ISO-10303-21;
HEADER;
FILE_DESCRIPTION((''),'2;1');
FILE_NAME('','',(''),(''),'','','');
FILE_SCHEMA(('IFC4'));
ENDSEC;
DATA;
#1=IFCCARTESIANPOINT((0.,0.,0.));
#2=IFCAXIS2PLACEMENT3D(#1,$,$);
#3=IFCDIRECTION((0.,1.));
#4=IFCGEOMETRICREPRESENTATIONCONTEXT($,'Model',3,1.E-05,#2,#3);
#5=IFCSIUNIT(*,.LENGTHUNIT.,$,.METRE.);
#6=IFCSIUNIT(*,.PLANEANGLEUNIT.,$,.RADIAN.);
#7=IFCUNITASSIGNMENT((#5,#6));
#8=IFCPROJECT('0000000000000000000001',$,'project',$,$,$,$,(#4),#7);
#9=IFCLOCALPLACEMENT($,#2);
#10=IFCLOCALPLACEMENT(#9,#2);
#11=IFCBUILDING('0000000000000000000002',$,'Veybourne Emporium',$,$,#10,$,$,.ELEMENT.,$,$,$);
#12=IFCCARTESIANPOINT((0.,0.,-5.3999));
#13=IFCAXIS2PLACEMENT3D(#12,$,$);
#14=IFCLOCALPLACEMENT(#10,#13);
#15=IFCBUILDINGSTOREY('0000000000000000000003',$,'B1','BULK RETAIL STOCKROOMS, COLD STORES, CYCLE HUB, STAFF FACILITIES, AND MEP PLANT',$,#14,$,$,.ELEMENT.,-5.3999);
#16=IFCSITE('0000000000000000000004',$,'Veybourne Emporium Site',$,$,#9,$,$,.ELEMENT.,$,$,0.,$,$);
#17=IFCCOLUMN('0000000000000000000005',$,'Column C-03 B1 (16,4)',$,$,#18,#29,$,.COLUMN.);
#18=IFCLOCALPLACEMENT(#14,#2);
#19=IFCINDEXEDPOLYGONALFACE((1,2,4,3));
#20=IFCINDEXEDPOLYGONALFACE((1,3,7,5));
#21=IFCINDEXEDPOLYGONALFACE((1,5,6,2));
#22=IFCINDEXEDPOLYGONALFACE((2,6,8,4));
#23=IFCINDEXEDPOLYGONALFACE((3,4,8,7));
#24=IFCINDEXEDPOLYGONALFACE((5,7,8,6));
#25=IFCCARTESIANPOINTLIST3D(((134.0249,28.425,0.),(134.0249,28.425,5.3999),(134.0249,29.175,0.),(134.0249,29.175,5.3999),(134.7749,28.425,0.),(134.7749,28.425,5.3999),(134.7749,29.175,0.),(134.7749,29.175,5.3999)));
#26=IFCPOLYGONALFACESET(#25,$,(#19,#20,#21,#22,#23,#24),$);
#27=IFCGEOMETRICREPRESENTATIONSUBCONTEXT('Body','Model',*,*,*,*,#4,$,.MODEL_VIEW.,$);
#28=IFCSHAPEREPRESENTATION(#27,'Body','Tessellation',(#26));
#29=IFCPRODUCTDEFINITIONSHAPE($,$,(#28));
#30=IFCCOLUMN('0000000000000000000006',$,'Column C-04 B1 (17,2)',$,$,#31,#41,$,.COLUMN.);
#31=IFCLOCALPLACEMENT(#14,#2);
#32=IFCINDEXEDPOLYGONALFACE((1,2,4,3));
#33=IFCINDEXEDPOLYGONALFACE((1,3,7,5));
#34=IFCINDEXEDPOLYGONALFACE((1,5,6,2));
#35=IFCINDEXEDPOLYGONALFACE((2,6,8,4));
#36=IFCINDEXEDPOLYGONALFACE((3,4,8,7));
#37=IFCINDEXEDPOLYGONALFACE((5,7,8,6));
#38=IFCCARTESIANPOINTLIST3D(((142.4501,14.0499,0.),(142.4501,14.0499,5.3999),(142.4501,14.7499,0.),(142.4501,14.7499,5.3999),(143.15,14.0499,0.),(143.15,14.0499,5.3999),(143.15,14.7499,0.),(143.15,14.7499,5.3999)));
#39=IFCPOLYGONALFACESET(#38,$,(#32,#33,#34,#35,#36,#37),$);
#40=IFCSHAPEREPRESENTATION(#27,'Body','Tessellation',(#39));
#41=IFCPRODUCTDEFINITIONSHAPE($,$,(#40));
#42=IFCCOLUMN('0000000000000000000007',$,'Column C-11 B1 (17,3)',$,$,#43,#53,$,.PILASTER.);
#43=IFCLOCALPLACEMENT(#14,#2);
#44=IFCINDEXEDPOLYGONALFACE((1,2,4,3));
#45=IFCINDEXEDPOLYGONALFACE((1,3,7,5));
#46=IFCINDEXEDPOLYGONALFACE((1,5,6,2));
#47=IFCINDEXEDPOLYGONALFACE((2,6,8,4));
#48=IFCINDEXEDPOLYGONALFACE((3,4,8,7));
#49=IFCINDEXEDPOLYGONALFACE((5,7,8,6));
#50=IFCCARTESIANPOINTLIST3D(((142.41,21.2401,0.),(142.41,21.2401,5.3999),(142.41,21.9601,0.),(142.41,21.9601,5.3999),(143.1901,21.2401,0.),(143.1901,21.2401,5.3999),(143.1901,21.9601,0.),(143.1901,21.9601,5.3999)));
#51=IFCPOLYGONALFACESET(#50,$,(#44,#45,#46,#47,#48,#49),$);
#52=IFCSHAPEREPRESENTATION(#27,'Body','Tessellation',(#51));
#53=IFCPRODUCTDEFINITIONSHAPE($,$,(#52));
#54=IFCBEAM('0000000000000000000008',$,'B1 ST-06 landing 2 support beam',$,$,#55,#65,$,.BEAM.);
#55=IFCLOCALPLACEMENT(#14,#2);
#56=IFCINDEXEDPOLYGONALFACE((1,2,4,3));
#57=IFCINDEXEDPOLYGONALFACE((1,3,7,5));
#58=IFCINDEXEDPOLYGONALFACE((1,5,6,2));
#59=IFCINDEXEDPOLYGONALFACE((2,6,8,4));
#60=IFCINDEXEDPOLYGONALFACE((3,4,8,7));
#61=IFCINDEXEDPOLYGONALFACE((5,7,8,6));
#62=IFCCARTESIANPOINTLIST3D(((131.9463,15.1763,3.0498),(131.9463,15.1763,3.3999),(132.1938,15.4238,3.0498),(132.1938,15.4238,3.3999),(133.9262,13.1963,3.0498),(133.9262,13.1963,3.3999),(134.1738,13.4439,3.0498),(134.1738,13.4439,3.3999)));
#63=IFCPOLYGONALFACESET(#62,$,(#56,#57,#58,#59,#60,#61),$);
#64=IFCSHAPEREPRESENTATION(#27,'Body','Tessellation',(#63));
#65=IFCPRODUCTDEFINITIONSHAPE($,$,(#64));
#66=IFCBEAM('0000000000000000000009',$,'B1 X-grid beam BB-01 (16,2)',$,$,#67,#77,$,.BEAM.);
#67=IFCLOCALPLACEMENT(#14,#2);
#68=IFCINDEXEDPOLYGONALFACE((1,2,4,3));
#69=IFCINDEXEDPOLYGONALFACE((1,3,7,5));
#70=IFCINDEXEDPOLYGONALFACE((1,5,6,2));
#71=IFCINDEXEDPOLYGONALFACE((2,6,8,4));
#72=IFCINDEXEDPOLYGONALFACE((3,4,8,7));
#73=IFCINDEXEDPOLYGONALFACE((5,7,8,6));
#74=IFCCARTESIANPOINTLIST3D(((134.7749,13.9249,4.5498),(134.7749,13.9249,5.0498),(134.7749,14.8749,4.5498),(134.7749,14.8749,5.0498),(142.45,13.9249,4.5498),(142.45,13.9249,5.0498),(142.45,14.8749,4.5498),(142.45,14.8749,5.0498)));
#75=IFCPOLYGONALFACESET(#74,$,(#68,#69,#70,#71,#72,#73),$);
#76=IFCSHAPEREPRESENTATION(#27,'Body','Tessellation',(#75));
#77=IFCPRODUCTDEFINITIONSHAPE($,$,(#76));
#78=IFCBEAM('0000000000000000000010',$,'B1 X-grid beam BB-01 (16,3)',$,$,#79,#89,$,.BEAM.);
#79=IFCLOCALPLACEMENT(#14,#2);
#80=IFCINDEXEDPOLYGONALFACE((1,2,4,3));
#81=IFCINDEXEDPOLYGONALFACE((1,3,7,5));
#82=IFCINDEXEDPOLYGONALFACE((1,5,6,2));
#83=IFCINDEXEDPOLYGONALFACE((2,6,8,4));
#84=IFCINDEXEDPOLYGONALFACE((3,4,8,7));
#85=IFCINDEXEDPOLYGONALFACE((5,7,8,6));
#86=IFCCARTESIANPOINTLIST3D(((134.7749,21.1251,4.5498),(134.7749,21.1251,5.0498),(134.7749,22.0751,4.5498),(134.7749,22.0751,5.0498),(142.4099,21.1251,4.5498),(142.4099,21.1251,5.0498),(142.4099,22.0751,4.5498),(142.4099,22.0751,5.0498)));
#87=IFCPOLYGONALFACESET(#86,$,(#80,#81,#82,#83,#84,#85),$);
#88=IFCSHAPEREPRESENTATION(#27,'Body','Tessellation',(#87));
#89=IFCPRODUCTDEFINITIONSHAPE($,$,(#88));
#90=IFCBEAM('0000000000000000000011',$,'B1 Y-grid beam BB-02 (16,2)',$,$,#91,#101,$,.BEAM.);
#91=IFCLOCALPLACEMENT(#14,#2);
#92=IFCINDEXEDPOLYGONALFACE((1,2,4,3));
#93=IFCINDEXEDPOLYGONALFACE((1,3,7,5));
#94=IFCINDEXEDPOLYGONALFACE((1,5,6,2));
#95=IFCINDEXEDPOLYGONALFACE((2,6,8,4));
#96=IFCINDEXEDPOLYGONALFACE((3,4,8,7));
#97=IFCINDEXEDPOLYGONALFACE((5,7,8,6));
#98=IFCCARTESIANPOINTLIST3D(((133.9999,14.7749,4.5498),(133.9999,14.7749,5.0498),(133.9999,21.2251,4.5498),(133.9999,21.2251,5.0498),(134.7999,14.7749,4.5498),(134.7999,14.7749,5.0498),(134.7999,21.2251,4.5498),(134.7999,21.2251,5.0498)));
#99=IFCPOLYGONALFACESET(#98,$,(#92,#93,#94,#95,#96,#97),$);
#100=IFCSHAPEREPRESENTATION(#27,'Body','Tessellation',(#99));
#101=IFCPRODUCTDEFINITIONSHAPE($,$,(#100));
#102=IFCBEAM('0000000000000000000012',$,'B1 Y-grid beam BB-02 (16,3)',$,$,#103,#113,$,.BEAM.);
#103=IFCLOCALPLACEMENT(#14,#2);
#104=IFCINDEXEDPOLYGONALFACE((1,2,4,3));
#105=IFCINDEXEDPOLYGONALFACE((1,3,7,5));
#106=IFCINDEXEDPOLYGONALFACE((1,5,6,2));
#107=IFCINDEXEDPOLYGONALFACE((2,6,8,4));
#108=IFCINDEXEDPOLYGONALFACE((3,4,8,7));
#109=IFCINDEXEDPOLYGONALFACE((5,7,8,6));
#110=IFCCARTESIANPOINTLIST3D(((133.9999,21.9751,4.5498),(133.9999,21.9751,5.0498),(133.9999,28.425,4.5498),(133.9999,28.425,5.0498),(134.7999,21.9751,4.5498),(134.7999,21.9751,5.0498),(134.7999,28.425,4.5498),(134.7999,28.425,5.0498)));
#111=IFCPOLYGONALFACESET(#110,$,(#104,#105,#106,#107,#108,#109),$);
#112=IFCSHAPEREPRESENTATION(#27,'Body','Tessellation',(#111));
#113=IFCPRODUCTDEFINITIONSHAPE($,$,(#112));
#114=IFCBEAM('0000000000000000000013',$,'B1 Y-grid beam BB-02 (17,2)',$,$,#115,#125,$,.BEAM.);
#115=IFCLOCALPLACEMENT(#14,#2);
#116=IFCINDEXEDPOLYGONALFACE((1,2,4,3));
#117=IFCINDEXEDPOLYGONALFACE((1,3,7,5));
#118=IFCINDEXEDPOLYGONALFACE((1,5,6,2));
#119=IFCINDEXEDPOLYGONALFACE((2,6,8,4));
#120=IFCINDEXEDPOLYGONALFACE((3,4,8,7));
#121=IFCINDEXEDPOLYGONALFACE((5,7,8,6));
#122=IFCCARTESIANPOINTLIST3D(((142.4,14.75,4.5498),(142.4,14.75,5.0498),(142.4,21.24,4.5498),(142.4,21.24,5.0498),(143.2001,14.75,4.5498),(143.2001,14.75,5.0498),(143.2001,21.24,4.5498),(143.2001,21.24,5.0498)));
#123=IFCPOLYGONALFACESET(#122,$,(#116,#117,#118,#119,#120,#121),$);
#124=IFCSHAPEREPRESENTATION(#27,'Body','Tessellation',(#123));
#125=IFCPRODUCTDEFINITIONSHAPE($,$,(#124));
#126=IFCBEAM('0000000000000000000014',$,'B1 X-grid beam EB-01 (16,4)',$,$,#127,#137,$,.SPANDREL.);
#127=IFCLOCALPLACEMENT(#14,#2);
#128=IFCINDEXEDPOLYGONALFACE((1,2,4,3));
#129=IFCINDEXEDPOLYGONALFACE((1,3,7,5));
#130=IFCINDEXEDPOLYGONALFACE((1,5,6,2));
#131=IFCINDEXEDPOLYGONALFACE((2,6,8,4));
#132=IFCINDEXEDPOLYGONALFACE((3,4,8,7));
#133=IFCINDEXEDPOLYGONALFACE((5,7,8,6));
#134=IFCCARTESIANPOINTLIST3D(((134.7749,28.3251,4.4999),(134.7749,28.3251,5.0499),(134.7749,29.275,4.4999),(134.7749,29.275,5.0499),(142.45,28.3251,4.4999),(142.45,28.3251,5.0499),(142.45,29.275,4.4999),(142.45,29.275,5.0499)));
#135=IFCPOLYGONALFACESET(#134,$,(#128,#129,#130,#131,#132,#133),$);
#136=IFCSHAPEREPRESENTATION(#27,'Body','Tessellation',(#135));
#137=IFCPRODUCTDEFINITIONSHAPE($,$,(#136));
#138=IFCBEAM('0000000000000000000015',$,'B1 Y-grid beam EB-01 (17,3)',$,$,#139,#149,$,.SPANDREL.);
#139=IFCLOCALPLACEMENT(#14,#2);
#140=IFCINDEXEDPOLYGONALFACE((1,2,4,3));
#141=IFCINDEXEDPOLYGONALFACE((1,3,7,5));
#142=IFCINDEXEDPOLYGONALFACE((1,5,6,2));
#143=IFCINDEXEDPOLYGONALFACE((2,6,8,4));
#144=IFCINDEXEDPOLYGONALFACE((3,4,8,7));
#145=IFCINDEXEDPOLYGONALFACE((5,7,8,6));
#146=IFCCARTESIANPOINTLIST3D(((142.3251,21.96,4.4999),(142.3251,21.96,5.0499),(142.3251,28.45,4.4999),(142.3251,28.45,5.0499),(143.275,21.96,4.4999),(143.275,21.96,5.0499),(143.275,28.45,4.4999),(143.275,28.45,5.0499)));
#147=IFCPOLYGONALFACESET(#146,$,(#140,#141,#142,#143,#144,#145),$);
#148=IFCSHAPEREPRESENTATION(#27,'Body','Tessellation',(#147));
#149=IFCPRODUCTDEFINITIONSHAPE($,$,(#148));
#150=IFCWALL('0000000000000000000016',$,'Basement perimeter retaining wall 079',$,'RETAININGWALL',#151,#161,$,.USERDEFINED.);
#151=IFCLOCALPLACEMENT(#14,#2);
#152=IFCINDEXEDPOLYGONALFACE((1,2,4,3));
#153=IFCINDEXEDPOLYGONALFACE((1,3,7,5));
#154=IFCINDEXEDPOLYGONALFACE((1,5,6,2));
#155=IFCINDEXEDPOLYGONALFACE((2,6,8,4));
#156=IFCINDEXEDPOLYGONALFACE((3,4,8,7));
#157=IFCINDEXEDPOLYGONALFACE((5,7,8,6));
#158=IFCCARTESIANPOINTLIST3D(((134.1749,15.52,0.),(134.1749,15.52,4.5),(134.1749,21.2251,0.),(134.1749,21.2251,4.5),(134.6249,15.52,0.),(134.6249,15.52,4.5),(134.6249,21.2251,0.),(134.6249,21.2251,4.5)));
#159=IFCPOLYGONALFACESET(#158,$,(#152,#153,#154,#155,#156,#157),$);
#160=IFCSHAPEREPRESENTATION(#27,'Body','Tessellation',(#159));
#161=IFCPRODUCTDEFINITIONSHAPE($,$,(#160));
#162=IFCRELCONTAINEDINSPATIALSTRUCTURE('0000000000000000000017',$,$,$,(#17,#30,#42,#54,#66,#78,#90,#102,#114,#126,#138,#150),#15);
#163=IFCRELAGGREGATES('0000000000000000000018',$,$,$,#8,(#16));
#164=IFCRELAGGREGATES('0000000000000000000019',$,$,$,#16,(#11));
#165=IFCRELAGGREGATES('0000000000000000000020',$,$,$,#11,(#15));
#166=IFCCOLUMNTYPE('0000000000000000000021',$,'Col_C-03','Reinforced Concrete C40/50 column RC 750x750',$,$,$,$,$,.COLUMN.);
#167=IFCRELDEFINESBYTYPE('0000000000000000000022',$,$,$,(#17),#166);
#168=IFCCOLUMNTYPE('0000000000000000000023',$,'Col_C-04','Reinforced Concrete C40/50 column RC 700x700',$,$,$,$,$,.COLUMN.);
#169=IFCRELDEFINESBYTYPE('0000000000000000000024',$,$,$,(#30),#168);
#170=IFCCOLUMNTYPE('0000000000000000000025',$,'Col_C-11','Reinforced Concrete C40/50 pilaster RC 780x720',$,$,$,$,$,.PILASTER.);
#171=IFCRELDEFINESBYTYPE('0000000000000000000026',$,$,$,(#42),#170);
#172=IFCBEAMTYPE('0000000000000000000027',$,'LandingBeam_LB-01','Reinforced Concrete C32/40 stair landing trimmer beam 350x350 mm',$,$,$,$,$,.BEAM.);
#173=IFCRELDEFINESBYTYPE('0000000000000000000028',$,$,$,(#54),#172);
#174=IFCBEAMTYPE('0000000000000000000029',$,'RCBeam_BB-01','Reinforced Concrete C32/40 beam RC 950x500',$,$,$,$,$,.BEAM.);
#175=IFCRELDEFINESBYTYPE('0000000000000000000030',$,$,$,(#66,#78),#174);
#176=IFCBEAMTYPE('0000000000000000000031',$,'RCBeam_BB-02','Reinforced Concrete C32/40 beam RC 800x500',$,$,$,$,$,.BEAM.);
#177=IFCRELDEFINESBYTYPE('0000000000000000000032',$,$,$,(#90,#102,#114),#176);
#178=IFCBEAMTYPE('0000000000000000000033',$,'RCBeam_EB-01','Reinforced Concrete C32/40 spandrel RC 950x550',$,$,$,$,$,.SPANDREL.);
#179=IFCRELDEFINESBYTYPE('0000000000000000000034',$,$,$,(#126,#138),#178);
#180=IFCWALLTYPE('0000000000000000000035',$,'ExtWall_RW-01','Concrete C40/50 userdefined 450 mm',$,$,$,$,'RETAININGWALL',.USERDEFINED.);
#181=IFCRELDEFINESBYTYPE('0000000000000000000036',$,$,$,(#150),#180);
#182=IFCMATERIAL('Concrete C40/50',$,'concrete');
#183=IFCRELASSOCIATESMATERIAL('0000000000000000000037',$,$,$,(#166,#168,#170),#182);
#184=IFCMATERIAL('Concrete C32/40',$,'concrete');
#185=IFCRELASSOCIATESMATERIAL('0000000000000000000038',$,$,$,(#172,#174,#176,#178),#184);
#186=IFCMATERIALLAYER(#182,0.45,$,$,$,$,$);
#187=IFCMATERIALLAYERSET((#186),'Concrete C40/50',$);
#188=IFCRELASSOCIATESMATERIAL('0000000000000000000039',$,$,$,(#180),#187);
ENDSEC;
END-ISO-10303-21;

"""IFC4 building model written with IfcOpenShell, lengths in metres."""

from ifc_helpers import new_model, si_unit, direction, frame, frame_2d, origin, origin_2d, place, context, subcontext, project, spatial, rectangle, extrude, material, layer, layer_set, material_profile, profile_set, type_object, element, save


model = new_model("IFC4")

# Units and contexts
model_context = context("Model", 3, precision=1e-05, world=origin(), true_north=direction((0.0, 1.0)))
body_context = subcontext(model_context, "Body", "Model", "MODEL_VIEW")
ifc_project = project(units=[si_unit("LENGTHUNIT", "METRE"), si_unit("PLANEANGLEUNIT", "RADIAN")], contexts=[model_context])

# Site, building, storey
site_placement = place(None, origin())
site = spatial("IfcSite", under=ifc_project, at=site_placement, Name="Veybourne Emporium Site", CompositionType="ELEMENT", RefElevation=0.0)
building_placement = place(site_placement, origin())
building = spatial("IfcBuilding", under=site, at=building_placement, Name="Veybourne Emporium", CompositionType="ELEMENT")
storey_placement = place(building_placement, frame((0.0, 0.0, -5.3999)))
storey = spatial("IfcBuildingStorey", under=building, at=storey_placement, Name="B1", Description="BULK RETAIL STOCKROOMS, COLD STORES, CYCLE HUB, STAFF FACILITIES, AND MEP PLANT", CompositionType="ELEMENT", Elevation=-5.3999)

# Columns
ifc_material_1 = material(Name="Concrete C40/50", Category="concrete")
ifc_material_profile_1 = material_profile(ifc_material_1, rectangle(XDim=0.75, YDim=0.75, at=origin_2d()), Name="RC 750x750")
ifc_profile_set_1 = profile_set([ifc_material_profile_1], Name="Concrete C40/50")
column_type_1 = type_object("IfcColumnType", Name="Col_C-03", Description="Reinforced Concrete C40/50 column RC 750x750", PredefinedType="COLUMN", material=ifc_profile_set_1)
for number, where, z_axis, x_axis, name in (
    (1, (134.3999, 28.8, 0.0), (0.0, 0.0, 1.0), (1.0, 0.0, 0.0), "Column C-03 B1 (16,4)"),
):
    element("IfcColumn", number, at=place(storey_placement, frame(where, z_axis=z_axis, x_axis=x_axis)), inside=storey, type_object=column_type_1, Name=name, PredefinedType="COLUMN", context=body_context, shape_type="SweptSolid", body=[
        extrude(rectangle(XDim=0.75, YDim=0.75, at=origin_2d()), origin(), (0.0, 0.0, 1.0), 5.3999),
    ])
ifc_material_profile_2 = material_profile(ifc_material_1, rectangle(XDim=0.7, YDim=0.7, at=origin_2d()), Name="RC 700x700")
ifc_profile_set_2 = profile_set([ifc_material_profile_2], Name="Concrete C40/50")
column_type_2 = type_object("IfcColumnType", Name="Col_C-04", Description="Reinforced Concrete C40/50 column RC 700x700", PredefinedType="COLUMN", material=ifc_profile_set_2)
column_1_placement = place(storey_placement, frame((142.8, 14.3999, 0.0), z_axis=(0.0, 0.0, 1.0), x_axis=(1.0, 0.0, 0.0)))
element("IfcColumn", 2, at=column_1_placement, inside=storey, type_object=column_type_2, Name="Column C-04 B1 (17,2)", PredefinedType="COLUMN", context=body_context, shape_type="SweptSolid", body=[
    extrude(rectangle(XDim=0.7, YDim=0.7, at=origin_2d()), origin(), (0.0, 0.0, 1.0), 5.3999),
])
ifc_material_profile_3 = material_profile(ifc_material_1, rectangle(XDim=0.78, YDim=0.72, at=origin_2d()), Name="RC 780x720")
ifc_profile_set_3 = profile_set([ifc_material_profile_3], Name="Concrete C40/50")
column_type_3 = type_object("IfcColumnType", Name="Col_C-11", Description="Reinforced Concrete C40/50 pilaster RC 780x720", PredefinedType="PILASTER", material=ifc_profile_set_3)
column_2_placement = place(storey_placement, frame((142.8, 21.6001, 0.0), z_axis=(0.0, 0.0, 1.0), x_axis=(1.0, 0.0, 0.0)))
element("IfcColumn", 3, at=column_2_placement, inside=storey, type_object=column_type_3, Name="Column C-11 B1 (17,3)", PredefinedType="PILASTER", context=body_context, shape_type="SweptSolid", body=[
    extrude(rectangle(XDim=0.78, YDim=0.72, at=origin_2d()), origin(), (0.0, 0.0, 1.0), 5.3999),
])

# Beams
ifc_material_2 = material(Name="Concrete C32/40", Category="concrete")
ifc_material_profile_4 = material_profile(ifc_material_2, rectangle(XDim=0.3501, YDim=0.3501, at=origin_2d()), Name="RC 350x350")
ifc_profile_set_4 = profile_set([ifc_material_profile_4], Name="Concrete C32/40")
beam_type_1 = type_object("IfcBeamType", Name="LandingBeam_LB-01", Description="Reinforced Concrete C32/40 stair landing trimmer beam 350x350 mm", PredefinedType="BEAM", material=ifc_profile_set_4)
beam_1_placement = place(storey_placement, frame((132.0701, 15.3, 3.2249), z_axis=(0.707107, -0.707107, 0.0), x_axis=(0.707107, 0.707107, 0.0)))
element("IfcBeam", 4, at=beam_1_placement, inside=storey, type_object=beam_type_1, Name="B1 ST-06 landing 2 support beam", PredefinedType="BEAM", context=body_context, shape_type="SweptSolid", body=[
    extrude(rectangle(XDim=0.3501, YDim=0.3501, at=origin_2d()), origin(), (0.0, 0.0, 1.0), 2.8),
])
ifc_material_profile_5 = material_profile(ifc_material_2, rectangle(XDim=0.95, YDim=0.5, at=origin_2d()), Name="RC 950x500")
ifc_profile_set_5 = profile_set([ifc_material_profile_5], Name="Concrete C32/40")
beam_type_2 = type_object("IfcBeamType", Name="RCBeam_BB-01", Description="Reinforced Concrete C32/40 beam RC 950x500", PredefinedType="BEAM", material=ifc_profile_set_5)
beam_2_placement = place(storey_placement, frame((134.7749, 14.3999, 4.7998), z_axis=(1.0, 0.0, 0.0), x_axis=(0.0, 1.0, 0.0)))
element("IfcBeam", 5, at=beam_2_placement, inside=storey, type_object=beam_type_2, Name="B1 X-grid beam BB-01 (16,2)", PredefinedType="BEAM", context=body_context, shape_type="SweptSolid", body=[
    extrude(rectangle(XDim=0.95, YDim=0.5, at=origin_2d()), origin(), (0.0, 0.0, 1.0), 7.675),
])
beam_3_placement = place(storey_placement, frame((134.7749, 21.6001, 4.7998), z_axis=(1.0, 0.0, 0.0), x_axis=(0.0, 1.0, 0.0)))
element("IfcBeam", 6, at=beam_3_placement, inside=storey, type_object=beam_type_2, Name="B1 X-grid beam BB-01 (16,3)", PredefinedType="BEAM", context=body_context, shape_type="SweptSolid", body=[
    extrude(rectangle(XDim=0.95, YDim=0.5, at=origin_2d()), origin(), (0.0, 0.0, 1.0), 7.635),
])
ifc_material_profile_6 = material_profile(ifc_material_2, rectangle(XDim=0.8, YDim=0.5, at=origin_2d()), Name="RC 800x500")
ifc_profile_set_6 = profile_set([ifc_material_profile_6], Name="Concrete C32/40")
beam_type_3 = type_object("IfcBeamType", Name="RCBeam_BB-02", Description="Reinforced Concrete C32/40 beam RC 800x500", PredefinedType="BEAM", material=ifc_profile_set_6)
beam_4_placement = place(storey_placement, frame((134.3999, 14.7749, 4.7998), z_axis=(0.0, 1.0, 0.0), x_axis=(-1.0, 0.0, 0.0)))
element("IfcBeam", 7, at=beam_4_placement, inside=storey, type_object=beam_type_3, Name="B1 Y-grid beam BB-02 (16,2)", PredefinedType="BEAM", context=body_context, shape_type="SweptSolid", body=[
    extrude(rectangle(XDim=0.8, YDim=0.5, at=origin_2d()), origin(), (0.0, 0.0, 1.0), 6.4502),
])
beam_5_placement = place(storey_placement, frame((134.3999, 21.9751, 4.7998), z_axis=(0.0, 1.0, 0.0), x_axis=(-1.0, 0.0, 0.0)))
element("IfcBeam", 8, at=beam_5_placement, inside=storey, type_object=beam_type_3, Name="B1 Y-grid beam BB-02 (16,3)", PredefinedType="BEAM", context=body_context, shape_type="SweptSolid", body=[
    extrude(rectangle(XDim=0.8, YDim=0.5, at=origin_2d()), origin(), (0.0, 0.0, 1.0), 6.45),
])
beam_6_placement = place(storey_placement, frame((142.8, 14.75, 4.7998), z_axis=(0.0, 1.0, 0.0), x_axis=(-1.0, 0.0, 0.0)))
element("IfcBeam", 9, at=beam_6_placement, inside=storey, type_object=beam_type_3, Name="B1 Y-grid beam BB-02 (17,2)", PredefinedType="BEAM", context=body_context, shape_type="SweptSolid", body=[
    extrude(rectangle(XDim=0.8, YDim=0.5, at=origin_2d()), origin(), (0.0, 0.0, 1.0), 6.49),
])
ifc_material_profile_7 = material_profile(ifc_material_2, rectangle(XDim=0.95, YDim=0.55, at=origin_2d()), Name="RC 950x550")
ifc_profile_set_7 = profile_set([ifc_material_profile_7], Name="Concrete C32/40")
beam_type_4 = type_object("IfcBeamType", Name="RCBeam_EB-01", Description="Reinforced Concrete C32/40 spandrel RC 950x550", PredefinedType="SPANDREL", material=ifc_profile_set_7)
beam_7_placement = place(storey_placement, frame((134.7749, 28.8, 4.7749), z_axis=(1.0, 0.0, 0.0), x_axis=(0.0, 1.0, 0.0)))
element("IfcBeam", 10, at=beam_7_placement, inside=storey, type_object=beam_type_4, Name="B1 X-grid beam EB-01 (16,4)", PredefinedType="SPANDREL", context=body_context, shape_type="SweptSolid", body=[
    extrude(rectangle(XDim=0.95, YDim=0.55, at=origin_2d()), origin(), (0.0, 0.0, 1.0), 7.675),
])
beam_8_placement = place(storey_placement, frame((142.8, 21.96, 4.7749), z_axis=(0.0, 1.0, 0.0), x_axis=(-1.0, 0.0, 0.0)))
element("IfcBeam", 11, at=beam_8_placement, inside=storey, type_object=beam_type_4, Name="B1 Y-grid beam EB-01 (17,3)", PredefinedType="SPANDREL", context=body_context, shape_type="SweptSolid", body=[
    extrude(rectangle(XDim=0.95, YDim=0.55, at=origin_2d()), origin(), (0.0, 0.0, 1.0), 6.49),
])

# Wall
ifc_layer = layer(ifc_material_1, 0.45)
ifc_layer_set = layer_set([ifc_layer], Name="Concrete C40/50")
wall_type = type_object("IfcWallType", Name="ExtWall_RW-01", Description="Concrete C40/50 userdefined 450 mm", ElementType="RETAININGWALL", PredefinedType="USERDEFINED", material=ifc_layer_set)
wall_placement = place(storey_placement, frame((134.3999, 21.2251, 0.0), z_axis=(0.0, 0.0, 1.0), x_axis=(0.0, -1.0, 0.0)))
element("IfcWall", 12, at=wall_placement, inside=storey, type_object=wall_type, Name="Basement perimeter retaining wall 079", ObjectType="RETAININGWALL", PredefinedType="USERDEFINED", context=body_context, shape_type="SweptSolid", body=[
    extrude(rectangle(XDim=5.7051, YDim=0.45, at=frame_2d((2.8525, 0.0))), origin(), (0.0, 0.0, 1.0), 4.5),
])

save(model, "model.ifc")
